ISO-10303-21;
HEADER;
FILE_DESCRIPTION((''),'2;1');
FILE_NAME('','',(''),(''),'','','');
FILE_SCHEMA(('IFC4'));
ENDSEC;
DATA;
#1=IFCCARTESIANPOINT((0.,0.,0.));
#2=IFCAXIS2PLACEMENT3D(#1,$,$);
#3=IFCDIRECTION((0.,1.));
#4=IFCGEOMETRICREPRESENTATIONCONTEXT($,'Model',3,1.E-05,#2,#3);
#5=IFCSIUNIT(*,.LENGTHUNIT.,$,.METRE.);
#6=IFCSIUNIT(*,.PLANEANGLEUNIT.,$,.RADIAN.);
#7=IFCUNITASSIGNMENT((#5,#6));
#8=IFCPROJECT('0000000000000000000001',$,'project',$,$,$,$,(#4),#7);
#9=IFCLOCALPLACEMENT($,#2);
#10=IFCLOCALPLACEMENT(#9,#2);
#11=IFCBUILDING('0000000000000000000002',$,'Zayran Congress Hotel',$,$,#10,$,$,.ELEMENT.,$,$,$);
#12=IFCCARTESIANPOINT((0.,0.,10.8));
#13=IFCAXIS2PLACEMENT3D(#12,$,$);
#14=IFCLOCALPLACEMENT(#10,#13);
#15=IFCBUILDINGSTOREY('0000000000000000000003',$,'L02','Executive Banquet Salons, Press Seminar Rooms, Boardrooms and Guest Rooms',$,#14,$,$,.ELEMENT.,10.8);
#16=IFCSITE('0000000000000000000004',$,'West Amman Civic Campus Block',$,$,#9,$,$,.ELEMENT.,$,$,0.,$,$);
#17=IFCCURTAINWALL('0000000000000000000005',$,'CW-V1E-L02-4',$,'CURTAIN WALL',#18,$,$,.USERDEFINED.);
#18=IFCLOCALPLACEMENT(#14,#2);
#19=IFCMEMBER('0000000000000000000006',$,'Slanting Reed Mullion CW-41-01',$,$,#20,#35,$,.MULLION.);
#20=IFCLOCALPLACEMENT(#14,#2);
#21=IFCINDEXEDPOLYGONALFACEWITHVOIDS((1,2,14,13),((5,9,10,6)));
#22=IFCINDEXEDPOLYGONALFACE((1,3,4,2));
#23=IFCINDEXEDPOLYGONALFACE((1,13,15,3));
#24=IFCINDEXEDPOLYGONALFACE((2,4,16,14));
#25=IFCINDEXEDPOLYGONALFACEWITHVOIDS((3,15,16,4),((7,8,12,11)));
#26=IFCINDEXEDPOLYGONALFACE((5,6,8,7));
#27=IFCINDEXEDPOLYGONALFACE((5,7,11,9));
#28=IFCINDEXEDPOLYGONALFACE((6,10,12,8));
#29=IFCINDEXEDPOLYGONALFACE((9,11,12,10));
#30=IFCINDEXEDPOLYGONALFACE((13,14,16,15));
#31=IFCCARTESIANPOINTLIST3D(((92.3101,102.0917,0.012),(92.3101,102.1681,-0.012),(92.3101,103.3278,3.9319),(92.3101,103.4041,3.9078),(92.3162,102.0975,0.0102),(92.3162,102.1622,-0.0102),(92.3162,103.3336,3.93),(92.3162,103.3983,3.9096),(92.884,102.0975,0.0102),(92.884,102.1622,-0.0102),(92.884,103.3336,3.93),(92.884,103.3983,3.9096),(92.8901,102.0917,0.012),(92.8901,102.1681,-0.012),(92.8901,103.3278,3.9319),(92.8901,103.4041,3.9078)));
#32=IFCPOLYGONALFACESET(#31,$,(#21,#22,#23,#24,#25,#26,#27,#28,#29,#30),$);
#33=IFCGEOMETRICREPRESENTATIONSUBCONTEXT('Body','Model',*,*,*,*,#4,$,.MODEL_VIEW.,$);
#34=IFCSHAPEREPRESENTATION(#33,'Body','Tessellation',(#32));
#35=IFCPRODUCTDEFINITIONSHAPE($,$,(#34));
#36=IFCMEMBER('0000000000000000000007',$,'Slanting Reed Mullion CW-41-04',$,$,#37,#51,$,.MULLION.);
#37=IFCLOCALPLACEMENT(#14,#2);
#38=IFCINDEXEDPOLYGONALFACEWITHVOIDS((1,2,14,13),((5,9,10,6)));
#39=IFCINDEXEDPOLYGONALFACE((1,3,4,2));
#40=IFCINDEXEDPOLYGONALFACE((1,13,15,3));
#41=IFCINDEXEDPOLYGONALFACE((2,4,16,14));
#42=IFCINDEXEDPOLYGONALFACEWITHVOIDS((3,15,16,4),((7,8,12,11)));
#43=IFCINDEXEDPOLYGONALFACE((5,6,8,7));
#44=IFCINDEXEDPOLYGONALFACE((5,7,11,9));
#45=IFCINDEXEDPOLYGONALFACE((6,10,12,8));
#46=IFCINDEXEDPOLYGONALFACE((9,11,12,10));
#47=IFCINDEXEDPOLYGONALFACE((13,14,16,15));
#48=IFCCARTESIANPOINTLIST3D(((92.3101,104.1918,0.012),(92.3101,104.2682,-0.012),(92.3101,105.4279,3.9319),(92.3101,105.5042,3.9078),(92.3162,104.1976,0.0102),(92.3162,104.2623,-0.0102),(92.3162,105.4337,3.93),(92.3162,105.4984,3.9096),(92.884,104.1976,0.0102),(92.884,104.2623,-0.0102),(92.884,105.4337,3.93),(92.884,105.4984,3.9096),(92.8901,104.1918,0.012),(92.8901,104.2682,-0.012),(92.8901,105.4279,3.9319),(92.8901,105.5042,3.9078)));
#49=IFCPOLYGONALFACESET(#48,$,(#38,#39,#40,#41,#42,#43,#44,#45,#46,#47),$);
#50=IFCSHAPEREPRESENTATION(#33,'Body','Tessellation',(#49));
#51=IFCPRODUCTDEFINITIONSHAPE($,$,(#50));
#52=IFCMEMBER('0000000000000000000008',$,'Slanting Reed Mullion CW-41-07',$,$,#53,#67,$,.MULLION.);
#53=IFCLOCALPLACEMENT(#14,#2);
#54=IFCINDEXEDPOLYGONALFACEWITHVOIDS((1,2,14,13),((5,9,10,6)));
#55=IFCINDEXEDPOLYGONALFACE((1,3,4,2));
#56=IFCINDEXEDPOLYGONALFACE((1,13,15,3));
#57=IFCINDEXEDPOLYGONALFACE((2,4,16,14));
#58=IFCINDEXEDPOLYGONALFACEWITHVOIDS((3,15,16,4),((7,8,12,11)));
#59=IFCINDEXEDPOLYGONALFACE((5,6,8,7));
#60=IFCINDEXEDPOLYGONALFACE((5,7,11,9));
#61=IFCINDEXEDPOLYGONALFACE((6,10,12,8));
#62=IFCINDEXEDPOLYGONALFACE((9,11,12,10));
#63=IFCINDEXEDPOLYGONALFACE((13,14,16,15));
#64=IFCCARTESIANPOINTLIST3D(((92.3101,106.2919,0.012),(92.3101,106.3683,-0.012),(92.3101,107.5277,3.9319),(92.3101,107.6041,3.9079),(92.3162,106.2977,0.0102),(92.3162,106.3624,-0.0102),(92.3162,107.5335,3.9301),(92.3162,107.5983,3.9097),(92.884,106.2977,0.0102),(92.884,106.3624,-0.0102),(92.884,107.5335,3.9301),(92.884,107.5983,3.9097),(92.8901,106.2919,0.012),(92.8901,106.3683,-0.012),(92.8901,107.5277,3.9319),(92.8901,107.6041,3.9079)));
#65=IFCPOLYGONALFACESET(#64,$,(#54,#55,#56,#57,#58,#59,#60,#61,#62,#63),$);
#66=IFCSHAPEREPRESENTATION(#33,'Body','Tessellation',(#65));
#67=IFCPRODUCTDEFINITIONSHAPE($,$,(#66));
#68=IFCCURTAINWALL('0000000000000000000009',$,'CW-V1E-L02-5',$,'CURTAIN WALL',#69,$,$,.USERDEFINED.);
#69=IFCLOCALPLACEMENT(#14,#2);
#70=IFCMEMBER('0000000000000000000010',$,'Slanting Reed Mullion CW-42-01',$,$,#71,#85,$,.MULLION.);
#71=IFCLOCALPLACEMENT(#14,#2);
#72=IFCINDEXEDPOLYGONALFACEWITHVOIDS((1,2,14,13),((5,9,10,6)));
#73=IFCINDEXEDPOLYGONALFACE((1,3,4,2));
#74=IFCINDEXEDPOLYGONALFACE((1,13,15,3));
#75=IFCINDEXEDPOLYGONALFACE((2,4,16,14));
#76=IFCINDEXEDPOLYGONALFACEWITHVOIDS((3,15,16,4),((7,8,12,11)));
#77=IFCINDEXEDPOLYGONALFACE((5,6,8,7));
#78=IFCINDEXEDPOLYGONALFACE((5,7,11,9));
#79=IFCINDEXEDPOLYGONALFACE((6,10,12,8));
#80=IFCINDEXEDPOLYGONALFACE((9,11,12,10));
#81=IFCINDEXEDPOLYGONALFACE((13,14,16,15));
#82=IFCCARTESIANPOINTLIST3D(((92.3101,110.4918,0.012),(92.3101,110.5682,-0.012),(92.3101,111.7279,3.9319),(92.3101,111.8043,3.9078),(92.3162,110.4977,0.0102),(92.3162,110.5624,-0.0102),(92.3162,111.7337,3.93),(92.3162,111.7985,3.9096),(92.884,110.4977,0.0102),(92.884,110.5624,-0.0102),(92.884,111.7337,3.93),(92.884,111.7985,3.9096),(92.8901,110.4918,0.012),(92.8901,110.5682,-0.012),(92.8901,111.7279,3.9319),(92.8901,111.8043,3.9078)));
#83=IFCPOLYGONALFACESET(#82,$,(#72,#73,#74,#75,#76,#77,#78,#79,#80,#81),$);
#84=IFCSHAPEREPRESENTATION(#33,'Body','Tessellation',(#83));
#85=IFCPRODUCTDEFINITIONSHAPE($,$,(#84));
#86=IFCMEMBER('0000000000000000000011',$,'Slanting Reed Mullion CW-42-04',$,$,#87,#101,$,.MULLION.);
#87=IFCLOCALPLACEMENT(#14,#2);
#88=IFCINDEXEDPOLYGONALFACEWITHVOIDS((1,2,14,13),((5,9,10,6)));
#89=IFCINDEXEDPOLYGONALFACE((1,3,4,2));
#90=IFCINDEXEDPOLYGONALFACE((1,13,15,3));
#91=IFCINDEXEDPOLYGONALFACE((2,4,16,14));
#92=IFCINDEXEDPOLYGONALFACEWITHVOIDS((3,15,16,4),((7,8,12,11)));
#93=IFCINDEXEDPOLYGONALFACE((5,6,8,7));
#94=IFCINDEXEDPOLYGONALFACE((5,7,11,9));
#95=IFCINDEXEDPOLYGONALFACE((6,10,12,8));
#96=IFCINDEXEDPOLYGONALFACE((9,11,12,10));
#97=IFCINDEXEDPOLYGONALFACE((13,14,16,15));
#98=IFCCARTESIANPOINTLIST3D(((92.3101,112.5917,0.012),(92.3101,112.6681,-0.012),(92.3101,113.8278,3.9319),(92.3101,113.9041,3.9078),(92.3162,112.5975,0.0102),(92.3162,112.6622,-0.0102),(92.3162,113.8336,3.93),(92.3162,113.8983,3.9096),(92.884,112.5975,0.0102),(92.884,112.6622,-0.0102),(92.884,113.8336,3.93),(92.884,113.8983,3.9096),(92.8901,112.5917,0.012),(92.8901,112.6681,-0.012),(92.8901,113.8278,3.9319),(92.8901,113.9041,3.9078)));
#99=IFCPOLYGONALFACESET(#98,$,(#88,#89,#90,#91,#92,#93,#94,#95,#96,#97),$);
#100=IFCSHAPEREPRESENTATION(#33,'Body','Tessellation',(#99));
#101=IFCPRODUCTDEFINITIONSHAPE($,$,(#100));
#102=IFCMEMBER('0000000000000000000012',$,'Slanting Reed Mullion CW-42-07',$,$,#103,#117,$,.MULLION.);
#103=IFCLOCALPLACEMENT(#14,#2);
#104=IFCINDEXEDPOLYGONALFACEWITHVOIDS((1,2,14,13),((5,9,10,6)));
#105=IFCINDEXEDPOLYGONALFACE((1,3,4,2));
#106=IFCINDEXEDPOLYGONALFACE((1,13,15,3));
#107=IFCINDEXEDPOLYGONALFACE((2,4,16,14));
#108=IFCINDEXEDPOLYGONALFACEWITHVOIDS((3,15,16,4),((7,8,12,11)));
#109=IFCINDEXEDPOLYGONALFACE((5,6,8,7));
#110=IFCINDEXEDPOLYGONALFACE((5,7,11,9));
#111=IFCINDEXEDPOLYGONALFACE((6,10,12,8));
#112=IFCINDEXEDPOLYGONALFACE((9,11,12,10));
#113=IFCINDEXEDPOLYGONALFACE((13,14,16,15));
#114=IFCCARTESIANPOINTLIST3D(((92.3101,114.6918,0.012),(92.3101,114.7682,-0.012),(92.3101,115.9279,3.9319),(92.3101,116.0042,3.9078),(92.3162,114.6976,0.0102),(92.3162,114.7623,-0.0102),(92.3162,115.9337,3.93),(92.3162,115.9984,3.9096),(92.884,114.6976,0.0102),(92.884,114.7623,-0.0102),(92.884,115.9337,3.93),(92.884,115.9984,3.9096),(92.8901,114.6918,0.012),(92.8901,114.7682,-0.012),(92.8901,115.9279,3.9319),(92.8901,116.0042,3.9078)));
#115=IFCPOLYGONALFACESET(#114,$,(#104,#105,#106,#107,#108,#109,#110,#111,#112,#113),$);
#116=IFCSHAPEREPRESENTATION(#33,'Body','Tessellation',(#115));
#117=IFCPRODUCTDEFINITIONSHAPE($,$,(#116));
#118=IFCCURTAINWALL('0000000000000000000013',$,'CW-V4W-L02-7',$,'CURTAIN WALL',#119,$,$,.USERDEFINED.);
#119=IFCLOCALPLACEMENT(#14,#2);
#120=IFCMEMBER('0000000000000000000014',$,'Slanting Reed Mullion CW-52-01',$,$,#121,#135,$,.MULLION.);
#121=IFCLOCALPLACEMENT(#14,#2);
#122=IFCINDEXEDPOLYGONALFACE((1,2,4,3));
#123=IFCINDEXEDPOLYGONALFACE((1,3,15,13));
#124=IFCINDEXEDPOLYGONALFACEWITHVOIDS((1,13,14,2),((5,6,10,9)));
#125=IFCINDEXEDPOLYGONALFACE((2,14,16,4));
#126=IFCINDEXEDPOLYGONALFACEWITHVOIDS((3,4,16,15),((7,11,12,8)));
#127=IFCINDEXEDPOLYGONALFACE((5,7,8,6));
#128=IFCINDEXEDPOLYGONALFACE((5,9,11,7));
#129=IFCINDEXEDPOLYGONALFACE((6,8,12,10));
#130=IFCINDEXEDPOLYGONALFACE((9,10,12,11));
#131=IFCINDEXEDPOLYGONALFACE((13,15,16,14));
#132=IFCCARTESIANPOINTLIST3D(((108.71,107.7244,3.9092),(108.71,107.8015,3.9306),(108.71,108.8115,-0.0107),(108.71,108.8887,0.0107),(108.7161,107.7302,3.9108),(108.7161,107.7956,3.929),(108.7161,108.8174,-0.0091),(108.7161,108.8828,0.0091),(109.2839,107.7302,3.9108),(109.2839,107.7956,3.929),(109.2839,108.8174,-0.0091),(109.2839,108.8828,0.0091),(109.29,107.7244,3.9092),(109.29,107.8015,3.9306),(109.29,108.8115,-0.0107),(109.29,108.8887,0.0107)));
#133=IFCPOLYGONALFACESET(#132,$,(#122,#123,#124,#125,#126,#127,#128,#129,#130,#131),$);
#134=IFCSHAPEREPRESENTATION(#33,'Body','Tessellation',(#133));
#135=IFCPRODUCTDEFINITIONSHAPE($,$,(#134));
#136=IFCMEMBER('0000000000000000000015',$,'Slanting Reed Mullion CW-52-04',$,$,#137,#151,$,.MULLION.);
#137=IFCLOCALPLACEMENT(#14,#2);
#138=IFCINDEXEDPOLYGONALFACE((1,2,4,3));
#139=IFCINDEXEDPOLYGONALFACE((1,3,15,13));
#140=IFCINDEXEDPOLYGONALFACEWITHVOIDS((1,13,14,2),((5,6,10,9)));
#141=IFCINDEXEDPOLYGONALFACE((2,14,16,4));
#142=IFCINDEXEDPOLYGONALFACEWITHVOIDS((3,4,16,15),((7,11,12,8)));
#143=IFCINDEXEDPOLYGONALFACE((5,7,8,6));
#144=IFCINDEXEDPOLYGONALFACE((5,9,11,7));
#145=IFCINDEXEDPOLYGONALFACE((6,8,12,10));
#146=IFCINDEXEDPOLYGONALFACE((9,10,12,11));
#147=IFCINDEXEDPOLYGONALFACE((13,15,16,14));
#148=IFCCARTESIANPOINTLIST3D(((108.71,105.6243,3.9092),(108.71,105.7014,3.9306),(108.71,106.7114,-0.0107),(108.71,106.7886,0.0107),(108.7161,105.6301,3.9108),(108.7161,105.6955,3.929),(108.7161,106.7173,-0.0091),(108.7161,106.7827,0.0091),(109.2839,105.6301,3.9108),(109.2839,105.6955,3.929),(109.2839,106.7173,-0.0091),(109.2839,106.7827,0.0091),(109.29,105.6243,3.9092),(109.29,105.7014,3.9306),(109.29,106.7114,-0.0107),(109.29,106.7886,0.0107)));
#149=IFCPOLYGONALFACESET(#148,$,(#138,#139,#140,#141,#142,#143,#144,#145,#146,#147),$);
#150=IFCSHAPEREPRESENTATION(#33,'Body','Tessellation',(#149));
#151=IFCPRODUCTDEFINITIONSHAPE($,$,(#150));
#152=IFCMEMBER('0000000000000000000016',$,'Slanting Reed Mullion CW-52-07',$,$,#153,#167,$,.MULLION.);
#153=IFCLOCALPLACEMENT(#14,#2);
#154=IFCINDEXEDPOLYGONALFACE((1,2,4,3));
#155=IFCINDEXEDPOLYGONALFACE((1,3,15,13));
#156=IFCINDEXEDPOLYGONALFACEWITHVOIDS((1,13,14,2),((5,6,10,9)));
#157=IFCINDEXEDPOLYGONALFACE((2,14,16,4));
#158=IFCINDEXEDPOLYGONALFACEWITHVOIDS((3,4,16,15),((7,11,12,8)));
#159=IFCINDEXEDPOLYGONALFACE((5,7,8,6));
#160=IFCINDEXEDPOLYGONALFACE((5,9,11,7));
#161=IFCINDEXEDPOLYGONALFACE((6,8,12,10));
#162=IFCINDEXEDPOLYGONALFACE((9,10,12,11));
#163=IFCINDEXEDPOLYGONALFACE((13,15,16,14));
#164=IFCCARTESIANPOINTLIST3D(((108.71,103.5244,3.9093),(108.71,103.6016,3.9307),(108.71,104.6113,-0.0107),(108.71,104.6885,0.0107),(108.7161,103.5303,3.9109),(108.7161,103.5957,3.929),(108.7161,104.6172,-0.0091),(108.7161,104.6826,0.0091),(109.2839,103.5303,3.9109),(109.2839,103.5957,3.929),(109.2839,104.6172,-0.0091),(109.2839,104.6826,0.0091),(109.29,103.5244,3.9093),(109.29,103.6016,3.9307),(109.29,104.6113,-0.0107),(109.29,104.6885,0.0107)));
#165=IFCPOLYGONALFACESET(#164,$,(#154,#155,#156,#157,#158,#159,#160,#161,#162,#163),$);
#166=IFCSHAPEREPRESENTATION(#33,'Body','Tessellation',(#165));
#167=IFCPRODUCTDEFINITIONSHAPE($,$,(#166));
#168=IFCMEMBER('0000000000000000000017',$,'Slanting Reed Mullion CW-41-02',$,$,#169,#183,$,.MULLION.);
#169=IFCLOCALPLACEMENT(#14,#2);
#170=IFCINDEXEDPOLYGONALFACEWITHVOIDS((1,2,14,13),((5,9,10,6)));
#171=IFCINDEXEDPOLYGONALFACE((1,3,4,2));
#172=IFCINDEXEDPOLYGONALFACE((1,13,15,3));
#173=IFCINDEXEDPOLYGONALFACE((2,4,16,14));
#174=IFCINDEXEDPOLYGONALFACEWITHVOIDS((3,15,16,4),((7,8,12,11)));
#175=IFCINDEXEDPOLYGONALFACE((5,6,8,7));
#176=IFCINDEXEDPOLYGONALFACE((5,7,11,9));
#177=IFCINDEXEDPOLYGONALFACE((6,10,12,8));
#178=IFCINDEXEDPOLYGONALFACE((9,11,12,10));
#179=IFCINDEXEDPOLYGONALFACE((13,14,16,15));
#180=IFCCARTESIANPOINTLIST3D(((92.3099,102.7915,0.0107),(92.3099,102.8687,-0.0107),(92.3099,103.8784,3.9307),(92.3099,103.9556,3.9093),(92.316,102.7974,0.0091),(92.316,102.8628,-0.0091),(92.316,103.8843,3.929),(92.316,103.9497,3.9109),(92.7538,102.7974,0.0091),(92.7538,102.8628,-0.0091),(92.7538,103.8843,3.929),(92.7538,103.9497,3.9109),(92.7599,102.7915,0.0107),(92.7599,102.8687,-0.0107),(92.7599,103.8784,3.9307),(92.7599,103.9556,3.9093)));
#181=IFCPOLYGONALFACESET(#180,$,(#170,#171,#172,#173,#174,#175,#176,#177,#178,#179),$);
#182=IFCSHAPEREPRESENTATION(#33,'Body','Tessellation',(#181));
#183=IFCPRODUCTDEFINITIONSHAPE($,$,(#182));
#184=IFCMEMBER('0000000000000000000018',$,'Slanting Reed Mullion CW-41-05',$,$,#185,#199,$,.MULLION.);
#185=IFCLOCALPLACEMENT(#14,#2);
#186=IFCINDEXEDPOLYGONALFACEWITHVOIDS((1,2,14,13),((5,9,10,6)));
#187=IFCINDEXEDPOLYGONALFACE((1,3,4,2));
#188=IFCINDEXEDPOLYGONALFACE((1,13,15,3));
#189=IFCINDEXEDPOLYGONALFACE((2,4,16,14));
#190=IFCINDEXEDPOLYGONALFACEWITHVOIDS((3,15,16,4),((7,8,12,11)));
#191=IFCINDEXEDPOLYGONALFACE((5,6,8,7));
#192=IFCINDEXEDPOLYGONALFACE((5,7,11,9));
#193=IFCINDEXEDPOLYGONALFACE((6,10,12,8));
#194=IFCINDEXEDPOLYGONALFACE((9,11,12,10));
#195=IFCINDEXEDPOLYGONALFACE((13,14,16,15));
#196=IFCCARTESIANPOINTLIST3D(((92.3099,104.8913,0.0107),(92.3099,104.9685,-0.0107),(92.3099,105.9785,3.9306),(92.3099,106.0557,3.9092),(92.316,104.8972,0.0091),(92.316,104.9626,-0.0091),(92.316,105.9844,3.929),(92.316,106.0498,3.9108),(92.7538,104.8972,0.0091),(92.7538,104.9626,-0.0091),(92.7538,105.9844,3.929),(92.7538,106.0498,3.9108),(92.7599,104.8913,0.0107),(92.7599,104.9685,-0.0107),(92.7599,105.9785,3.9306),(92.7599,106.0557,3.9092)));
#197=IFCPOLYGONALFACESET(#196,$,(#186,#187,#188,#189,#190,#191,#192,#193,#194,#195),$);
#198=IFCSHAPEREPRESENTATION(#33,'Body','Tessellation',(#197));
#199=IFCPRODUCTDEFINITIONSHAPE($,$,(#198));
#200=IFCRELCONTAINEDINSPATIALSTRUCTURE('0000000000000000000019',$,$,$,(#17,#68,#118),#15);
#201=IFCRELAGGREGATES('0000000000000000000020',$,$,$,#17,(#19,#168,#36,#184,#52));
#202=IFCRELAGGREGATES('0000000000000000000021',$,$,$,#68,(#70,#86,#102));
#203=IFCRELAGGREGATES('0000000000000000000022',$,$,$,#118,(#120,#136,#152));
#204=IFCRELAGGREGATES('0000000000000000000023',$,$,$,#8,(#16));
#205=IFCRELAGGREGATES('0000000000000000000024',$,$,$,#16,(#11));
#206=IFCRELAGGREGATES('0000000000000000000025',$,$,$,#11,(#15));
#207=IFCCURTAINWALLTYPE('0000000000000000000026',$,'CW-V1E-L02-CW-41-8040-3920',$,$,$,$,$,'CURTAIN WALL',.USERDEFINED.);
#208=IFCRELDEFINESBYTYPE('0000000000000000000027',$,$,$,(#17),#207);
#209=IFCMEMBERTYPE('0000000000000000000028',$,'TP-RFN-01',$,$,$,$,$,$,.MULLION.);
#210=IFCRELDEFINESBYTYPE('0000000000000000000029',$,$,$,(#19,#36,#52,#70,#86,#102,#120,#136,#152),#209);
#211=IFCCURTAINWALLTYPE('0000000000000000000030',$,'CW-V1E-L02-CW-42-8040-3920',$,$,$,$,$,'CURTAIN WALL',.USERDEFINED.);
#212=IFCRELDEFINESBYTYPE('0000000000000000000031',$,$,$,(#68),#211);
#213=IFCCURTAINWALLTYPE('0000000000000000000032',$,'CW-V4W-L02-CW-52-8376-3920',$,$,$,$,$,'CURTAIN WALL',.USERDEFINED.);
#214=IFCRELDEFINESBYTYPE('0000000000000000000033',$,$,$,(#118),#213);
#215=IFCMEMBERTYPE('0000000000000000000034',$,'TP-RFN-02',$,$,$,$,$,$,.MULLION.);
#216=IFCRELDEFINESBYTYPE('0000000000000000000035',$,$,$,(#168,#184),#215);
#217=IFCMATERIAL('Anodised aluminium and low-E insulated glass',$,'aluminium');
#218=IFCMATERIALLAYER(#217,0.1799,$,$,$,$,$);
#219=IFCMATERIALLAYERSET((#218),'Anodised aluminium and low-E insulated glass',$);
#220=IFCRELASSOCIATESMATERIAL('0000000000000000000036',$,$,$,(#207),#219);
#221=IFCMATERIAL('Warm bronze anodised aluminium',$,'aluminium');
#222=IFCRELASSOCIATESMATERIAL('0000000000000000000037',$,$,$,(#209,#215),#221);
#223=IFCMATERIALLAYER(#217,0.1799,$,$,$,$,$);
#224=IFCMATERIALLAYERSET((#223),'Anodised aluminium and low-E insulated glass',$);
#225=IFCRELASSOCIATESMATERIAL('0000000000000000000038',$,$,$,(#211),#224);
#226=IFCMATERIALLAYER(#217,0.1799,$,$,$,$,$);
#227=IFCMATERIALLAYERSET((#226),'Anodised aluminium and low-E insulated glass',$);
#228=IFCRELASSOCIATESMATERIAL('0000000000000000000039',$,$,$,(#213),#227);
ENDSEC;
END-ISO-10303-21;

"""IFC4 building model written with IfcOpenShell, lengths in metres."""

from ifc_helpers import new_model, si_unit, direction, frame, origin, origin_2d, place, context, subcontext, project, spatial, hollow_rectangle, extrude, material, layer, layer_set, material_profile, profile_set, type_object, element, aggregate, save


model = new_model("IFC4")

# Units and contexts
model_context = context("Model", 3, precision=1e-05, world=origin(), true_north=direction((0.0, 1.0)))
body_context = subcontext(model_context, "Body", "Model", "MODEL_VIEW")
ifc_project = project(units=[si_unit("LENGTHUNIT", "METRE"), si_unit("PLANEANGLEUNIT", "RADIAN")], contexts=[model_context])

# Site, building, storey
site_placement = place(None, origin())
site = spatial("IfcSite", under=ifc_project, at=site_placement, Name="West Amman Civic Campus Block", CompositionType="ELEMENT", RefElevation=0.0)
building_placement = place(site_placement, origin())
building = spatial("IfcBuilding", under=site, at=building_placement, Name="Zayran Congress Hotel", CompositionType="ELEMENT")
storey_placement = place(building_placement, frame((0.0, 0.0, 10.8)))
storey = spatial("IfcBuildingStorey", under=building, at=storey_placement, Name="L02", Description="Executive Banquet Salons, Press Seminar Rooms, Boardrooms and Guest Rooms", CompositionType="ELEMENT", Elevation=10.8)

# Curtain walls, members
ifc_material_1 = material(Name="Anodised aluminium and low-E insulated glass", Category="aluminium")
ifc_layer_1 = layer(ifc_material_1, 0.1799)
ifc_layer_set_1 = layer_set([ifc_layer_1], Name="Anodised aluminium and low-E insulated glass")
curtain_wall_type_1 = type_object("IfcCurtainWallType", Name="CW-V1E-L02-CW-41-8040-3920", ElementType="CURTAIN WALL", PredefinedType="USERDEFINED", material=ifc_layer_set_1)
curtain_wall_1_placement = place(storey_placement, origin())
curtain_wall_1 = element("IfcCurtainWall", 1, at=curtain_wall_1_placement, inside=storey, type_object=curtain_wall_type_1, Name="CW-V1E-L02-4", ObjectType="CURTAIN WALL", PredefinedType="USERDEFINED")
ifc_material_2 = material(Name="Warm bronze anodised aluminium", Category="aluminium")
ifc_material_profile_1 = material_profile(ifc_material_2, hollow_rectangle(XDim=0.0801, YDim=0.5801, WallThickness=0.0061, at=origin_2d()), Name="RHS 580x80x6")
ifc_profile_set_1 = profile_set([ifc_material_profile_1], Name="Warm bronze anodised aluminium")
member_type_1 = type_object("IfcMemberType", Name="TP-RFN-01", PredefinedType="MULLION", material=ifc_profile_set_1)
member_1_placement = place(storey_placement, frame((92.6001, 102.1299, 0.0), z_axis=(0.0, 0.300736, 0.953707), x_axis=(0.0, -0.953707, 0.300736)))
member_1 = element("IfcMember", 2, at=member_1_placement, type_object=member_type_1, Name="Slanting Reed Mullion CW-41-01", PredefinedType="MULLION", context=body_context, shape_type="SweptSolid", body=[
    extrude(hollow_rectangle(XDim=0.0801, YDim=0.5801, WallThickness=0.0061, at=origin_2d()), origin(), (0.0, 0.0, 1.0), 4.1101),
])
member_2_placement = place(storey_placement, frame((92.6001, 104.23, 0.0), z_axis=(0.0, 0.300736, 0.953707), x_axis=(0.0, -0.953707, 0.300736)))
member_2 = element("IfcMember", 3, at=member_2_placement, type_object=member_type_1, Name="Slanting Reed Mullion CW-41-04", PredefinedType="MULLION", context=body_context, shape_type="SweptSolid", body=[
    extrude(hollow_rectangle(XDim=0.0801, YDim=0.5801, WallThickness=0.0061, at=origin_2d()), origin(), (0.0, 0.0, 1.0), 4.1101),
])
member_3_placement = place(storey_placement, frame((92.6001, 106.3301, 0.0), z_axis=(0.0, 0.300682, 0.953724), x_axis=(0.0, -0.953724, 0.300682)))
member_3 = element("IfcMember", 4, at=member_3_placement, type_object=member_type_1, Name="Slanting Reed Mullion CW-41-07", PredefinedType="MULLION", context=body_context, shape_type="SweptSolid", body=[
    extrude(hollow_rectangle(XDim=0.0801, YDim=0.5801, WallThickness=0.0061, at=origin_2d()), origin(), (0.0, 0.0, 1.0), 4.1101),
])
ifc_layer_2 = layer(ifc_material_1, 0.1799)
ifc_layer_set_2 = layer_set([ifc_layer_2], Name="Anodised aluminium and low-E insulated glass")
curtain_wall_type_2 = type_object("IfcCurtainWallType", Name="CW-V1E-L02-CW-42-8040-3920", ElementType="CURTAIN WALL", PredefinedType="USERDEFINED", material=ifc_layer_set_2)
curtain_wall_2_placement = place(storey_placement, origin())
curtain_wall_2 = element("IfcCurtainWall", 5, at=curtain_wall_2_placement, inside=storey, type_object=curtain_wall_type_2, Name="CW-V1E-L02-5", ObjectType="CURTAIN WALL", PredefinedType="USERDEFINED")
member_4_placement = place(storey_placement, frame((92.6001, 110.53, 0.0), z_axis=(0.0, 0.300736, 0.953707), x_axis=(0.0, -0.953707, 0.300736)))
member_4 = element("IfcMember", 6, at=member_4_placement, type_object=member_type_1, Name="Slanting Reed Mullion CW-42-01", PredefinedType="MULLION", context=body_context, shape_type="SweptSolid", body=[
    extrude(hollow_rectangle(XDim=0.0801, YDim=0.5801, WallThickness=0.0061, at=origin_2d()), origin(), (0.0, 0.0, 1.0), 4.1101),
])
member_5_placement = place(storey_placement, frame((92.6001, 112.6299, 0.0), z_axis=(0.0, 0.300736, 0.953707), x_axis=(0.0, -0.953707, 0.300736)))
member_5 = element("IfcMember", 7, at=member_5_placement, type_object=member_type_1, Name="Slanting Reed Mullion CW-42-04", PredefinedType="MULLION", context=body_context, shape_type="SweptSolid", body=[
    extrude(hollow_rectangle(XDim=0.0801, YDim=0.5801, WallThickness=0.0061, at=origin_2d()), origin(), (0.0, 0.0, 1.0), 4.1101),
])
member_6_placement = place(storey_placement, frame((92.6001, 114.73, 0.0), z_axis=(0.0, 0.300736, 0.953707), x_axis=(0.0, -0.953707, 0.300736)))
member_6 = element("IfcMember", 8, at=member_6_placement, type_object=member_type_1, Name="Slanting Reed Mullion CW-42-07", PredefinedType="MULLION", context=body_context, shape_type="SweptSolid", body=[
    extrude(hollow_rectangle(XDim=0.0801, YDim=0.5801, WallThickness=0.0061, at=origin_2d()), origin(), (0.0, 0.0, 1.0), 4.1101),
])
ifc_layer_3 = layer(ifc_material_1, 0.1799)
ifc_layer_set_3 = layer_set([ifc_layer_3], Name="Anodised aluminium and low-E insulated glass")
curtain_wall_type_3 = type_object("IfcCurtainWallType", Name="CW-V4W-L02-CW-52-8376-3920", ElementType="CURTAIN WALL", PredefinedType="USERDEFINED", material=ifc_layer_set_3)
curtain_wall_3_placement = place(storey_placement, origin())
curtain_wall_3 = element("IfcCurtainWall", 9, at=curtain_wall_3_placement, inside=storey, type_object=curtain_wall_type_3, Name="CW-V4W-L02-7", ObjectType="CURTAIN WALL", PredefinedType="USERDEFINED")
member_7_placement = place(storey_placement, frame((109.0, 108.8501, 0.0), z_axis=(0.0, -0.267254, 0.963626), x_axis=(0.0, 0.963626, 0.267254)))
member_7 = element("IfcMember", 10, at=member_7_placement, type_object=member_type_1, Name="Slanting Reed Mullion CW-52-01", PredefinedType="MULLION", context=body_context, shape_type="SweptSolid", body=[
    extrude(hollow_rectangle(XDim=0.0801, YDim=0.5801, WallThickness=0.0061, at=origin_2d()), origin(), (0.0, 0.0, 1.0), 4.0679),
])
member_8_placement = place(storey_placement, frame((109.0, 106.75, 0.0), z_axis=(0.0, -0.267254, 0.963626), x_axis=(0.0, 0.963626, 0.267254)))
member_8 = element("IfcMember", 11, at=member_8_placement, type_object=member_type_1, Name="Slanting Reed Mullion CW-52-04", PredefinedType="MULLION", context=body_context, shape_type="SweptSolid", body=[
    extrude(hollow_rectangle(XDim=0.0801, YDim=0.5801, WallThickness=0.0061, at=origin_2d()), origin(), (0.0, 0.0, 1.0), 4.0679),
])
member_9_placement = place(storey_placement, frame((109.0, 104.6499, 0.0), z_axis=(0.0, -0.267198, 0.963642), x_axis=(0.0, 0.963642, 0.267198)))
member_9 = element("IfcMember", 12, at=member_9_placement, type_object=member_type_1, Name="Slanting Reed Mullion CW-52-07", PredefinedType="MULLION", context=body_context, shape_type="SweptSolid", body=[
    extrude(hollow_rectangle(XDim=0.0801, YDim=0.5801, WallThickness=0.0061, at=origin_2d()), origin(), (0.0, 0.0, 1.0), 4.0679),
])

# Members
ifc_material_profile_2 = material_profile(ifc_material_2, hollow_rectangle(XDim=0.0801, YDim=0.45, WallThickness=0.0061, at=origin_2d()), Name="RHS 450x80x6")
ifc_profile_set_2 = profile_set([ifc_material_profile_2], Name="Warm bronze anodised aluminium")
member_type_2 = type_object("IfcMemberType", Name="TP-RFN-02", PredefinedType="MULLION", material=ifc_profile_set_2)
member_10_placement = place(storey_placement, frame((92.5349, 102.8301, 0.0), z_axis=(0.0, 0.267198, 0.963642), x_axis=(0.0, -0.963642, 0.267198)))
member_10 = element("IfcMember", 13, at=member_10_placement, type_object=member_type_2, Name="Slanting Reed Mullion CW-41-02", PredefinedType="MULLION", context=body_context, shape_type="SweptSolid", body=[
    extrude(hollow_rectangle(XDim=0.0801, YDim=0.45, WallThickness=0.0061, at=origin_2d()), origin(), (0.0, 0.0, 1.0), 4.0679),
])
member_11_placement = place(storey_placement, frame((92.5349, 104.9299, 0.0), z_axis=(0.0, 0.267254, 0.963626), x_axis=(0.0, -0.963626, 0.267254)))
member_11 = element("IfcMember", 14, at=member_11_placement, type_object=member_type_2, Name="Slanting Reed Mullion CW-41-05", PredefinedType="MULLION", context=body_context, shape_type="SweptSolid", body=[
    extrude(hollow_rectangle(XDim=0.0801, YDim=0.45, WallThickness=0.0061, at=origin_2d()), origin(), (0.0, 0.0, 1.0), 4.0679),
])
aggregate(curtain_wall_1, [member_1, member_10, member_2, member_11, member_3])
aggregate(curtain_wall_2, [member_4, member_5, member_6])
aggregate(curtain_wall_3, [member_7, member_8, member_9])

save(model, "model.ifc")
